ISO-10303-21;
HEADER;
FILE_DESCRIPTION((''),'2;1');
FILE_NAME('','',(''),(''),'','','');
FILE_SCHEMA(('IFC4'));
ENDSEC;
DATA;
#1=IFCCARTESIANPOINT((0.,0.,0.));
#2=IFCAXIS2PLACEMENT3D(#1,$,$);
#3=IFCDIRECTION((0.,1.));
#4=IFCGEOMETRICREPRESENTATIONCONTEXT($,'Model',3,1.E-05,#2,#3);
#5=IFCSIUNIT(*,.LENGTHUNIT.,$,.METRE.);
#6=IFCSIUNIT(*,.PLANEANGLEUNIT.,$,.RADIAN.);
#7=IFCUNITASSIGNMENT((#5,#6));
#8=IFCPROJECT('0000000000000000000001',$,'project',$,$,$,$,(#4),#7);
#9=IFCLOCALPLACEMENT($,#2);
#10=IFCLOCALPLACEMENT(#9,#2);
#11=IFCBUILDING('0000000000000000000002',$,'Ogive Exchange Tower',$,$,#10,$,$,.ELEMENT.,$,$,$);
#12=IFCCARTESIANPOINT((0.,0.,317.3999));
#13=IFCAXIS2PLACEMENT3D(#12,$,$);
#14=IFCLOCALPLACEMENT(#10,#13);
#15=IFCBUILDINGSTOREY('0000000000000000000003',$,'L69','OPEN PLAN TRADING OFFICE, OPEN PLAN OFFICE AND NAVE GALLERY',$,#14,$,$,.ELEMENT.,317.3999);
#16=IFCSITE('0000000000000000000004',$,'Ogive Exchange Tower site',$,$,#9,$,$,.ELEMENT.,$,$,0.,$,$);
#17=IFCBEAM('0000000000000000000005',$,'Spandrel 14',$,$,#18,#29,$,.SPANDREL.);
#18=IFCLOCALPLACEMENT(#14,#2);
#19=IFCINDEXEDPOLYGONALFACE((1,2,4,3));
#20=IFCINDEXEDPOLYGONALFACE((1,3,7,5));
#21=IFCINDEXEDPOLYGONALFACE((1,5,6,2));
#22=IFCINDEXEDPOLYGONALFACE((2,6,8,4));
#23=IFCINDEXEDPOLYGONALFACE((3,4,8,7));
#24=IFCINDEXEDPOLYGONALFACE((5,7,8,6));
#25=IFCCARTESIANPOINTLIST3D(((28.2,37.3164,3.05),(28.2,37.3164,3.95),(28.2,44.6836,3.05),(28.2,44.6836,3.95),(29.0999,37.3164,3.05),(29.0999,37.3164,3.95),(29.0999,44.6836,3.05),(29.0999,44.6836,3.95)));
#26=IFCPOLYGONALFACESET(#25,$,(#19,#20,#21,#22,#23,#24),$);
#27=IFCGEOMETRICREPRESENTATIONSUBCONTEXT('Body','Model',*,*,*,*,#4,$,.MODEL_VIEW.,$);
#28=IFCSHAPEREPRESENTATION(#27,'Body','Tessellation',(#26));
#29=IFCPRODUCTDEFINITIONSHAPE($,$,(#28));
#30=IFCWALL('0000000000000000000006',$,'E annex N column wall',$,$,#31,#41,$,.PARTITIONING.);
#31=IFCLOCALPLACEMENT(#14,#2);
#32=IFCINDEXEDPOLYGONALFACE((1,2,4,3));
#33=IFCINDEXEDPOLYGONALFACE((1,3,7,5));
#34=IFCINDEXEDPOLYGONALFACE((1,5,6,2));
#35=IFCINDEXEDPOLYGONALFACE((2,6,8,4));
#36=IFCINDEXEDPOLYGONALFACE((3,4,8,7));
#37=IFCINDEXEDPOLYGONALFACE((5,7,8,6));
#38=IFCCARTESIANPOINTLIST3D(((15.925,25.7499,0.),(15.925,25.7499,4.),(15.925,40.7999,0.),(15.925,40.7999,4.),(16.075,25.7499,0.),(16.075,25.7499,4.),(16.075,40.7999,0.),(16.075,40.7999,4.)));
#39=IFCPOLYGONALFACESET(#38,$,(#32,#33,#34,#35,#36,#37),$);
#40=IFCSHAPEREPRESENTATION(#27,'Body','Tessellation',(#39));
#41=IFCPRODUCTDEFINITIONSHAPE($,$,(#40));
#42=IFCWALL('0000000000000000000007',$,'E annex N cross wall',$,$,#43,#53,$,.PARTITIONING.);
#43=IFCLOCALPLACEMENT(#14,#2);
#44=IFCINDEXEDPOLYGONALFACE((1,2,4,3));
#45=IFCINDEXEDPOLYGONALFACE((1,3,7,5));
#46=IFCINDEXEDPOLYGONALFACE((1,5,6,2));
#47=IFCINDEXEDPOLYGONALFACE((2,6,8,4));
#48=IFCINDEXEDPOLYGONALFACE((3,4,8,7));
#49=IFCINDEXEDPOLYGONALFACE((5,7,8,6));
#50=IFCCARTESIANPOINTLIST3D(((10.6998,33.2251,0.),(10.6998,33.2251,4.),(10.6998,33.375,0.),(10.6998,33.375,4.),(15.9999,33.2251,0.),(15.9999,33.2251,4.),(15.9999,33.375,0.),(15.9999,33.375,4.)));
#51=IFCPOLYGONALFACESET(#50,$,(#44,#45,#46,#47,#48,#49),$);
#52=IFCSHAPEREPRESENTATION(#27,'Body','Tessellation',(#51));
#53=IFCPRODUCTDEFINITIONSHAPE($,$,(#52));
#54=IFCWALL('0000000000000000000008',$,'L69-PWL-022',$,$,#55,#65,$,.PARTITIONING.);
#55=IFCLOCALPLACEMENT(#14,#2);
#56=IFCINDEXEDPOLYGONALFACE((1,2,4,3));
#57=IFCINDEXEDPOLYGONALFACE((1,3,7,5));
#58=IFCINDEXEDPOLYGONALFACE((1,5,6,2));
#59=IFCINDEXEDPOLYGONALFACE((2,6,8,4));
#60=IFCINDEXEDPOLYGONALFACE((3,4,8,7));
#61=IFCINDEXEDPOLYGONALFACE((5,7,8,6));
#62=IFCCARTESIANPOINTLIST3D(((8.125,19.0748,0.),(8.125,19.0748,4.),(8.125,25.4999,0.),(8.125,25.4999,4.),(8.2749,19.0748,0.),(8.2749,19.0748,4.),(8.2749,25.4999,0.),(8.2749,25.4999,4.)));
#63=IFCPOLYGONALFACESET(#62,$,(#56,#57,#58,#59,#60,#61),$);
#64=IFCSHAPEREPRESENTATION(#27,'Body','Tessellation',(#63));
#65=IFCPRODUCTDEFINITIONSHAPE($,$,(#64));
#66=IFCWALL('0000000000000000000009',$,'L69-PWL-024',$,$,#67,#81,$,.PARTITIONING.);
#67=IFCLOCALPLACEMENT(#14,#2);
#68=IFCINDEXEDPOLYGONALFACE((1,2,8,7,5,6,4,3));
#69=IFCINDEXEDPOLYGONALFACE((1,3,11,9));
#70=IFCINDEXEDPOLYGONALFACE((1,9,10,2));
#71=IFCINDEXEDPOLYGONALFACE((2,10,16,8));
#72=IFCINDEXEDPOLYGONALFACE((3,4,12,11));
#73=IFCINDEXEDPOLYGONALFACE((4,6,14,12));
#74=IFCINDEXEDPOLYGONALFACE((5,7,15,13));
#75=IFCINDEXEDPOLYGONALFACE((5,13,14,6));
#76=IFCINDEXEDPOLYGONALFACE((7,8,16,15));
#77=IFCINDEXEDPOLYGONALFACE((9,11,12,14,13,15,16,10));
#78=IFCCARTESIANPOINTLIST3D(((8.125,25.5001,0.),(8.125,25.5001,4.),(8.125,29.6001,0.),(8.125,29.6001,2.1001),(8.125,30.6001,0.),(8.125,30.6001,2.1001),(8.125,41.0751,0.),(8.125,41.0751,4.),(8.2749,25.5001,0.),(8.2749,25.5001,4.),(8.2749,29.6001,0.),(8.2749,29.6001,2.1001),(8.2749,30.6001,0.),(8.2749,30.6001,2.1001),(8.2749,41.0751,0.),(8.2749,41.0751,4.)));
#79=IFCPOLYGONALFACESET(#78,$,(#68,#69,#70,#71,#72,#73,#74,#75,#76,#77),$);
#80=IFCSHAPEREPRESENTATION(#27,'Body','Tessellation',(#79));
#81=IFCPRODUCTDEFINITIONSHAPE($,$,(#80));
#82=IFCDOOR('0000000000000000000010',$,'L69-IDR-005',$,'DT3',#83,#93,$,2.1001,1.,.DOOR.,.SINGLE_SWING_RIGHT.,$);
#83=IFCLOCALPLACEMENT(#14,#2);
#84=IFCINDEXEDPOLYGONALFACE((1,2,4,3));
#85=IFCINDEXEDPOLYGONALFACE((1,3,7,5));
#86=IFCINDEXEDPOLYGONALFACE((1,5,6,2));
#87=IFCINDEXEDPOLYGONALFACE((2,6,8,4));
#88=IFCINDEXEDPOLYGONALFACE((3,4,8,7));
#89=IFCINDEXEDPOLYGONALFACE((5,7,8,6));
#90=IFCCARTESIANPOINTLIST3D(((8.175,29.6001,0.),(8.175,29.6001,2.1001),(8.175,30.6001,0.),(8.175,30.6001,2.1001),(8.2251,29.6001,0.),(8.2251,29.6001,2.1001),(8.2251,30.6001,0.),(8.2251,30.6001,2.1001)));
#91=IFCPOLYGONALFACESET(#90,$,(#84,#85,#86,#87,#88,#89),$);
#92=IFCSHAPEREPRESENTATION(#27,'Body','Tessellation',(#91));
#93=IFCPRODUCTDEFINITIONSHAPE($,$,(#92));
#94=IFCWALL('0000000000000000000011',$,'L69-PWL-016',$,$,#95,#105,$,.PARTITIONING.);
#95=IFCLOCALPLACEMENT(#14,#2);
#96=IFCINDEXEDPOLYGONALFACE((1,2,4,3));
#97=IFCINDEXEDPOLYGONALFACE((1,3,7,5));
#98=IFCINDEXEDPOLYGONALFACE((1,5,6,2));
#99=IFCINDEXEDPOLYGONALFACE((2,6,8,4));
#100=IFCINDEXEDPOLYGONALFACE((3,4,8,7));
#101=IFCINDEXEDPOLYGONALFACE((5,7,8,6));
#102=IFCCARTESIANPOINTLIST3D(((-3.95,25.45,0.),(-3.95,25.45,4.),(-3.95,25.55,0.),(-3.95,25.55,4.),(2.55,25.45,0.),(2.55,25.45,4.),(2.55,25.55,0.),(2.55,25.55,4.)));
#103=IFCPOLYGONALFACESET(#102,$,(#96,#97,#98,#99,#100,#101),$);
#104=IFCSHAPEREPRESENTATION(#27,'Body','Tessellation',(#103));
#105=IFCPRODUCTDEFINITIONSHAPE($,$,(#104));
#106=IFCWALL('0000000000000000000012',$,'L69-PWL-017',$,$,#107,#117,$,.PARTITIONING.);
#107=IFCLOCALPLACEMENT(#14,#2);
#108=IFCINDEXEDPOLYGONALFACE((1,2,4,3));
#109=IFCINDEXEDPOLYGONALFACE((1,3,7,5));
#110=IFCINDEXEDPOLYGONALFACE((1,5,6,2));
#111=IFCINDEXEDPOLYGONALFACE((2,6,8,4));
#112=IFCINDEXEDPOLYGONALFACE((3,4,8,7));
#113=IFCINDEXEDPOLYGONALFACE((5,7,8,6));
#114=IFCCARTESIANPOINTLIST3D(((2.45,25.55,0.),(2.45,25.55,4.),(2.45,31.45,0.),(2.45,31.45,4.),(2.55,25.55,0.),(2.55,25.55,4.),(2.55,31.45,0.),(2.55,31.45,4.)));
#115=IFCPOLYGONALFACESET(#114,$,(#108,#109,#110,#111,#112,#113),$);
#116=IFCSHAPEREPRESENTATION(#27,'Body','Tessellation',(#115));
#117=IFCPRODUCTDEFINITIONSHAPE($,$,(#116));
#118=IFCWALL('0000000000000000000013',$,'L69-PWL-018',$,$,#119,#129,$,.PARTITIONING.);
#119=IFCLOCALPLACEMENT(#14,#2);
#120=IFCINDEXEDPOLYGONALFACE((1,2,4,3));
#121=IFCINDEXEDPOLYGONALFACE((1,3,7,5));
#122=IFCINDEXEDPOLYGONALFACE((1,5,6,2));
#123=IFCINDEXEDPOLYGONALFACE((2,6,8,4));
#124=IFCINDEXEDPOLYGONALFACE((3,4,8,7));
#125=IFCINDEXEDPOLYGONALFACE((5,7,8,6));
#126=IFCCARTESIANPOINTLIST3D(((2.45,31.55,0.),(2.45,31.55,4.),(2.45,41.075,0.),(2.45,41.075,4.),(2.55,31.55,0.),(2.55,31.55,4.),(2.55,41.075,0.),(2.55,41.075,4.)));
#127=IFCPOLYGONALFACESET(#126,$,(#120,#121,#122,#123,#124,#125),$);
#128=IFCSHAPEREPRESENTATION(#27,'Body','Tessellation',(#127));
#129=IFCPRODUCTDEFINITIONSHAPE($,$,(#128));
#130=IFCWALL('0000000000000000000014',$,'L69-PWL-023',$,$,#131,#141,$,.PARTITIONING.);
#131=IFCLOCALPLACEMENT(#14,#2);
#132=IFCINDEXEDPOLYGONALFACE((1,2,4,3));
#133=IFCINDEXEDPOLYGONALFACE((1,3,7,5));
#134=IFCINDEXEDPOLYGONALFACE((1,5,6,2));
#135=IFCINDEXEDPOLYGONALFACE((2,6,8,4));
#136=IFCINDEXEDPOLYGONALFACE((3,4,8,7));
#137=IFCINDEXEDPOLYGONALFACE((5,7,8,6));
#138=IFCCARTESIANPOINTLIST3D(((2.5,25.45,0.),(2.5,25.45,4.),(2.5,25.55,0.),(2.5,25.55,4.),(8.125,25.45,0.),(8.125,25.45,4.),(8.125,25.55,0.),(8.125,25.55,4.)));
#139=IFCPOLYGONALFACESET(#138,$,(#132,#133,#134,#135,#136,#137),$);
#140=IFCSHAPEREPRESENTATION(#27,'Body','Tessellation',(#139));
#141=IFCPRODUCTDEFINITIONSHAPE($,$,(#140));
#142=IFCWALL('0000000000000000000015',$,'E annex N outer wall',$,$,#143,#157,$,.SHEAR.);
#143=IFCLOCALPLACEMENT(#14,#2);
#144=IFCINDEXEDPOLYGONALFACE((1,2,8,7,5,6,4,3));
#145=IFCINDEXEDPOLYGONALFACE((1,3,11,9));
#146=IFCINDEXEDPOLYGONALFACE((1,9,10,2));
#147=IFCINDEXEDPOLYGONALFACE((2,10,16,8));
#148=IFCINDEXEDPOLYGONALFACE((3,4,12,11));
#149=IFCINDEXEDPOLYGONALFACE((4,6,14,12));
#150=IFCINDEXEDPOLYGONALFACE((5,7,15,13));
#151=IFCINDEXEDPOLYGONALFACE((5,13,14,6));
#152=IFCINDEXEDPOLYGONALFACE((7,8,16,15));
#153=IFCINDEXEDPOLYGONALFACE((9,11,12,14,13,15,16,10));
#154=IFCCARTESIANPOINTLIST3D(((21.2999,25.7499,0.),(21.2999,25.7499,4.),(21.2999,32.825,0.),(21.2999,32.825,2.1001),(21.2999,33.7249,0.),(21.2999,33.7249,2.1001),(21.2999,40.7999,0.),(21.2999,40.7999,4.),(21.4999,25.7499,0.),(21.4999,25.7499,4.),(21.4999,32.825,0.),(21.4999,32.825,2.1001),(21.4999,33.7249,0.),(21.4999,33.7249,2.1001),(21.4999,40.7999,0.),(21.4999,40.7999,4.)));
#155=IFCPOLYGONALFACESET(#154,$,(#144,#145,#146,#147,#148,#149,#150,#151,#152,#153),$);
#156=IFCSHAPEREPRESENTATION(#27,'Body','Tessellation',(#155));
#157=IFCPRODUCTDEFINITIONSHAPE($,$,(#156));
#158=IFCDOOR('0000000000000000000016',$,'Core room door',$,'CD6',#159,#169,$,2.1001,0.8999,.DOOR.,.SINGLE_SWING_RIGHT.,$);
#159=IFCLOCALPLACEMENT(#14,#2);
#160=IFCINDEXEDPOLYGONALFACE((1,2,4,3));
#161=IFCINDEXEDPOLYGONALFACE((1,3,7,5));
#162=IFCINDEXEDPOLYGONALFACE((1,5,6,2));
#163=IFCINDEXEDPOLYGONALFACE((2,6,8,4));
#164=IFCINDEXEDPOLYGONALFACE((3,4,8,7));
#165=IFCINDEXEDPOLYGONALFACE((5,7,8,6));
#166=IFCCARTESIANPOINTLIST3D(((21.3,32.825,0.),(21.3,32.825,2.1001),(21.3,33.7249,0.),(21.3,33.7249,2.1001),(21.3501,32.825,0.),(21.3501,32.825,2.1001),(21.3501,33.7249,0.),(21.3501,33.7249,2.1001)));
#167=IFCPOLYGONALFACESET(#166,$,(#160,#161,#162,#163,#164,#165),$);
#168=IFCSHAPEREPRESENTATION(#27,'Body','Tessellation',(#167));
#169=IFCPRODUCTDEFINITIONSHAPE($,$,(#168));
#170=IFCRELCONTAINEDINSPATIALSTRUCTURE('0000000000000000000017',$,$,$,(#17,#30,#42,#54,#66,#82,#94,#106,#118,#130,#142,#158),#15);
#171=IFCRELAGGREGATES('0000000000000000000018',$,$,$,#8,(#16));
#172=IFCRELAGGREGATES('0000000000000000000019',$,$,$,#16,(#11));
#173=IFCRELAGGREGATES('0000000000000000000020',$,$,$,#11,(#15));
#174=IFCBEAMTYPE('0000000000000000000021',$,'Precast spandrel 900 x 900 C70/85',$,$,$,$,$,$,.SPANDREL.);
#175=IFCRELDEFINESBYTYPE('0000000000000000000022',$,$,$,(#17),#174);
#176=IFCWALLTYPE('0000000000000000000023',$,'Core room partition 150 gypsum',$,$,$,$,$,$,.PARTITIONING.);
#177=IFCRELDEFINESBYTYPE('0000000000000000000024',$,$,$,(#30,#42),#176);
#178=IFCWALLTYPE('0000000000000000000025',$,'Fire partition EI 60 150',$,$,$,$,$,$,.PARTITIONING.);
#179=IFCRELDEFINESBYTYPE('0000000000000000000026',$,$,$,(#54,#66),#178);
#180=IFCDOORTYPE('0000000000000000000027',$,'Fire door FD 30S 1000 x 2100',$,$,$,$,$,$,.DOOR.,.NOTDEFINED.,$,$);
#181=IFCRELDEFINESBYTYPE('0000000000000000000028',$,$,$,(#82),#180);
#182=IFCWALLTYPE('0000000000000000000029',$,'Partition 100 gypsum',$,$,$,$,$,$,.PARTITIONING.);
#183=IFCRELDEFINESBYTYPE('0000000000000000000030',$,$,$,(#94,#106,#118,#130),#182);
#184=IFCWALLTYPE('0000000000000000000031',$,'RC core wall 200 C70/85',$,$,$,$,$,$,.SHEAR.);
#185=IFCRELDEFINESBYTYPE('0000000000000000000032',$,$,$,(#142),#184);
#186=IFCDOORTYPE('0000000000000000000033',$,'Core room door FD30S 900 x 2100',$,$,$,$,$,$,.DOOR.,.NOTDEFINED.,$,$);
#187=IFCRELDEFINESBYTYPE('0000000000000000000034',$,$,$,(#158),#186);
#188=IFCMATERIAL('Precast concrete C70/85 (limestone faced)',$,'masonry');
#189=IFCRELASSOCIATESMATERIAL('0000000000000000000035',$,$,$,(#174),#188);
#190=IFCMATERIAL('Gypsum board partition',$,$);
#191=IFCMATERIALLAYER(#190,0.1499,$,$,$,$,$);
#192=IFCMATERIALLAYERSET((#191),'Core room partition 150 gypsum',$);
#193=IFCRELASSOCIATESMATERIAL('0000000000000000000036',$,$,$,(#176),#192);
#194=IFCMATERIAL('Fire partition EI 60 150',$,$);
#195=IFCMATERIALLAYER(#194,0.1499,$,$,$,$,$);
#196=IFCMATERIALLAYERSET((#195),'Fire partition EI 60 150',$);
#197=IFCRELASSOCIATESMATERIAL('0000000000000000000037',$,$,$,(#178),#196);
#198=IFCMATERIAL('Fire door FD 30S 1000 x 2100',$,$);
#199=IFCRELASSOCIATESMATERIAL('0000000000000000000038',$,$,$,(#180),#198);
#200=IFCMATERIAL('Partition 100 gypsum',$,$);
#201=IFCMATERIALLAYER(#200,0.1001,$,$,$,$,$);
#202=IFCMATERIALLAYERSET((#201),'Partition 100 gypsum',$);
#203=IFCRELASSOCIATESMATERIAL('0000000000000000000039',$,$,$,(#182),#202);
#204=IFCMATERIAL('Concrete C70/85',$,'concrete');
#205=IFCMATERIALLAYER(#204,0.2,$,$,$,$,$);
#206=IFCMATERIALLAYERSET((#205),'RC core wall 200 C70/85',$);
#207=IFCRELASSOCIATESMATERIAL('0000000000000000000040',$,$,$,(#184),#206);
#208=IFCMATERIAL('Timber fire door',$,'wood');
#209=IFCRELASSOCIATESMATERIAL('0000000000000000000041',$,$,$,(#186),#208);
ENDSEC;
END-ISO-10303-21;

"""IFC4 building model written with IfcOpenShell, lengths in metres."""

from ifc_helpers import new_model, si_unit, direction, frame, frame_2d, origin, origin_2d, place, context, subcontext, project, spatial, rectangle, extrude, material, layer, layer_set, material_profile, profile_set, type_object, element, fill, save


model = new_model("IFC4")

# Units and contexts
model_context = context("Model", 3, precision=1e-05, world=origin(), true_north=direction((0.0, 1.0)))
body_context = subcontext(model_context, "Body", "Model", "MODEL_VIEW")
ifc_project = project(units=[si_unit("LENGTHUNIT", "METRE"), si_unit("PLANEANGLEUNIT", "RADIAN")], contexts=[model_context])

# Site, building, storey
site_placement = place(None, origin())
site = spatial("IfcSite", under=ifc_project, at=site_placement, Name="Ogive Exchange Tower site", CompositionType="ELEMENT", RefElevation=0.0)
building_placement = place(site_placement, origin())
building = spatial("IfcBuilding", under=site, at=building_placement, Name="Ogive Exchange Tower", CompositionType="ELEMENT")
storey_placement = place(building_placement, frame((0.0, 0.0, 317.3999)))
storey = spatial("IfcBuildingStorey", under=building, at=storey_placement, Name="L69", Description="OPEN PLAN TRADING OFFICE, OPEN PLAN OFFICE AND NAVE GALLERY", CompositionType="ELEMENT", Elevation=317.3999)

# Shared definitions
ifc_material_1 = material(Name="Precast concrete C70/85 (limestone faced)", Category="masonry")

# Beam
ifc_material_profile_1 = material_profile(ifc_material_1, rectangle(XDim=0.8999, YDim=0.8999, at=origin_2d()), Name="900 x 900")
ifc_profile_set_1 = profile_set([ifc_material_profile_1], Name="Precast concrete C70/85 (limestone faced)")
beam_type_1 = type_object("IfcBeamType", Name="Precast spandrel 900 x 900 C70/85", PredefinedType="SPANDREL", material=ifc_profile_set_1)
beam_1_placement = place(storey_placement, frame((28.6499, 37.3164, 3.5), z_axis=(0.0, 1.0, 0.0), x_axis=(-1.0, 0.0, 0.0)))
element("IfcBeam", 1, at=beam_1_placement, inside=storey, type_object=beam_type_1, Name="Spandrel 14", PredefinedType="SPANDREL", context=body_context, shape_type="SweptSolid", body=[
    extrude(rectangle(XDim=0.8999, YDim=0.8999, at=origin_2d()), origin(), (0.0, 0.0, 1.0), 7.3672),
])

# Walls
ifc_material_2 = material(Name="Gypsum board partition")
ifc_layer_1 = layer(ifc_material_2, 0.1499)
ifc_layer_set_1 = layer_set([ifc_layer_1], Name="Core room partition 150 gypsum")
wall_type_1 = type_object("IfcWallType", Name="Core room partition 150 gypsum", PredefinedType="PARTITIONING", material=ifc_layer_set_1)
wall_1_placement = place(storey_placement, frame((16.0, 25.75, 0.0), z_axis=(0.0, 0.0, 1.0), x_axis=(0.0, 1.0, 0.0)))
element("IfcWall", 2, at=wall_1_placement, inside=storey, type_object=wall_type_1, Name="E annex N column wall", PredefinedType="PARTITIONING", context=body_context, shape_type="SweptSolid", body=[
    extrude(rectangle(XDim=15.05, YDim=0.1499, at=frame_2d((7.5249, 0.0))), origin(), (0.0, 0.0, 1.0), 4.0),
])
wall_2_placement = place(storey_placement, frame((10.7, 33.3, 0.0), z_axis=(0.0, 0.0, 1.0), x_axis=(1.0, 0.0, 0.0)))
element("IfcWall", 3, at=wall_2_placement, inside=storey, type_object=wall_type_1, Name="E annex N cross wall", PredefinedType="PARTITIONING", context=body_context, shape_type="SweptSolid", body=[
    extrude(rectangle(XDim=5.3, YDim=0.1499, at=frame_2d((2.6499, 0.0))), origin(), (0.0, 0.0, 1.0), 4.0),
])
ifc_material_3 = material(Name="Fire partition EI 60 150")
ifc_layer_2 = layer(ifc_material_3, 0.1499)
ifc_layer_set_2 = layer_set([ifc_layer_2], Name="Fire partition EI 60 150")
wall_type_2 = type_object("IfcWallType", Name="Fire partition EI 60 150", PredefinedType="PARTITIONING", material=ifc_layer_set_2)
wall_3_placement = place(storey_placement, frame((8.2, 19.075, 0.0), z_axis=(0.0, 0.0, 1.0), x_axis=(0.0, 1.0, 0.0)))
element("IfcWall", 4, at=wall_3_placement, inside=storey, type_object=wall_type_2, Name="L69-PWL-022", PredefinedType="PARTITIONING", context=body_context, shape_type="SweptSolid", body=[
    extrude(rectangle(XDim=6.425, YDim=0.1499, at=frame_2d((3.2124, 0.0))), origin(), (0.0, 0.0, 1.0), 4.0),
])

# Wall, opening, door
wall_4_placement = place(storey_placement, frame((8.2, 25.5, 0.0), z_axis=(0.0, 0.0, 1.0), x_axis=(0.0, 1.0, 0.0)))
wall_4 = element("IfcWall", 5, at=wall_4_placement, inside=storey, type_object=wall_type_2, Name="L69-PWL-024", PredefinedType="PARTITIONING", context=body_context, shape_type="SweptSolid", body=[
    extrude(rectangle(XDim=15.575, YDim=0.1499, at=frame_2d((7.7876, 0.0))), origin(), (0.0, 0.0, 1.0), 4.0),
])
opening_1_placement = place(wall_4_placement, frame((4.1001, 0.0, 0.0)))
opening_1 = element("IfcOpeningElement", 6, at=opening_1_placement, cuts=wall_4, PredefinedType="OPENING", context=body_context, shape_type="SweptSolid", body=[
    extrude(rectangle(XDim=1.0, YDim=2.1001, at=frame_2d((0.5, 1.05))), frame((0.0, 0.085, 0.0), z_axis=(0.0, -1.0, 0.0), x_axis=(1.0, 0.0, 0.0)), (0.0, 0.0, 1.0), 0.1699),
])
ifc_material_4 = material(Name="Fire door FD 30S 1000 x 2100")
door_type_1 = type_object("IfcDoorType", Name="Fire door FD 30S 1000 x 2100", OperationType="NOTDEFINED", PredefinedType="DOOR", material=ifc_material_4)
door_1_placement = place(opening_1_placement, origin())
door_1 = element("IfcDoor", 7, at=door_1_placement, inside=storey, type_object=door_type_1, Name="L69-IDR-005", ObjectType="DT3", OperationType="SINGLE_SWING_RIGHT", OverallHeight=2.1001, OverallWidth=1.0, PredefinedType="DOOR", context=body_context, shape_type="SweptSolid", body=[
    extrude(rectangle(XDim=1.0, YDim=2.1001, at=frame_2d((0.5, 1.05))), frame((0.0, 0.0249, 0.0), z_axis=(0.0, -1.0, 0.0), x_axis=(1.0, 0.0, 0.0)), (0.0, 0.0, 1.0), 0.05),
])
fill(opening_1, door_1)

# Walls
ifc_material_5 = material(Name="Partition 100 gypsum")
ifc_layer_3 = layer(ifc_material_5, 0.1001)
ifc_layer_set_3 = layer_set([ifc_layer_3], Name="Partition 100 gypsum")
wall_type_3 = type_object("IfcWallType", Name="Partition 100 gypsum", PredefinedType="PARTITIONING", material=ifc_layer_set_3)
wall_5_placement = place(storey_placement, frame((2.55, 25.5, 0.0), z_axis=(0.0, 0.0, 1.0), x_axis=(-1.0, 0.0, 0.0)))
element("IfcWall", 8, at=wall_5_placement, inside=storey, type_object=wall_type_3, Name="L69-PWL-016", PredefinedType="PARTITIONING", context=body_context, shape_type="SweptSolid", body=[
    extrude(rectangle(XDim=6.5, YDim=0.1001, at=frame_2d((3.25, 0.0))), origin(), (0.0, 0.0, 1.0), 4.0),
])
wall_6_placement = place(storey_placement, frame((2.5, 25.55, 0.0), z_axis=(0.0, 0.0, 1.0), x_axis=(0.0, 1.0, 0.0)))
element("IfcWall", 9, at=wall_6_placement, inside=storey, type_object=wall_type_3, Name="L69-PWL-017", PredefinedType="PARTITIONING", context=body_context, shape_type="SweptSolid", body=[
    extrude(rectangle(XDim=5.8999, YDim=0.1001, at=frame_2d((2.95, 0.0))), origin(), (0.0, 0.0, 1.0), 4.0),
])
wall_7_placement = place(storey_placement, frame((2.5, 31.55, 0.0), z_axis=(0.0, 0.0, 1.0), x_axis=(0.0, 1.0, 0.0)))
element("IfcWall", 10, at=wall_7_placement, inside=storey, type_object=wall_type_3, Name="L69-PWL-018", PredefinedType="PARTITIONING", context=body_context, shape_type="SweptSolid", body=[
    extrude(rectangle(XDim=9.5249, YDim=0.1001, at=frame_2d((4.7625, 0.0))), origin(), (0.0, 0.0, 1.0), 4.0),
])
wall_8_placement = place(storey_placement, frame((8.125, 25.5, 0.0), z_axis=(0.0, 0.0, 1.0), x_axis=(-1.0, 0.0, 0.0)))
element("IfcWall", 11, at=wall_8_placement, inside=storey, type_object=wall_type_3, Name="L69-PWL-023", PredefinedType="PARTITIONING", context=body_context, shape_type="SweptSolid", body=[
    extrude(rectangle(XDim=5.625, YDim=0.1001, at=frame_2d((2.8125, 0.0))), origin(), (0.0, 0.0, 1.0), 4.0),
])

# Wall, opening, door
ifc_material_6 = material(Name="Concrete C70/85", Category="concrete")
ifc_layer_4 = layer(ifc_material_6, 0.2)
ifc_layer_set_4 = layer_set([ifc_layer_4], Name="RC core wall 200 C70/85")
wall_type_4 = type_object("IfcWallType", Name="RC core wall 200 C70/85", PredefinedType="SHEAR", material=ifc_layer_set_4)
wall_9_placement = place(storey_placement, frame((21.3999, 25.75, 0.0), z_axis=(0.0, 0.0, 1.0), x_axis=(0.0, 1.0, 0.0)))
wall_9 = element("IfcWall", 12, at=wall_9_placement, inside=storey, type_object=wall_type_4, Name="E annex N outer wall", PredefinedType="SHEAR", context=body_context, shape_type="SweptSolid", body=[
    extrude(rectangle(XDim=15.05, YDim=0.2, at=frame_2d((7.5249, 0.0))), origin(), (0.0, 0.0, 1.0), 4.0),
])
opening_2_placement = place(wall_9_placement, frame((7.075, 0.0, 0.0)))
opening_2 = element("IfcOpeningElement", 13, at=opening_2_placement, cuts=wall_9, PredefinedType="OPENING", context=body_context, shape_type="SweptSolid", body=[
    extrude(rectangle(XDim=0.8999, YDim=2.1001, at=frame_2d((0.45, 1.05))), frame((0.0, 0.1099, 0.0), z_axis=(0.0, -1.0, 0.0), x_axis=(1.0, 0.0, 0.0)), (0.0, 0.0, 1.0), 0.22),
])
ifc_material_7 = material(Name="Timber fire door", Category="wood")
door_type_2 = type_object("IfcDoorType", Name="Core room door FD30S 900 x 2100", OperationType="NOTDEFINED", PredefinedType="DOOR", material=ifc_material_7)
door_2_placement = place(opening_2_placement, frame((0.8999, 0.1499, 0.0), z_axis=(0.0, 0.0, 1.0), x_axis=(-1.0, 0.0, 0.0)))
door_2 = element("IfcDoor", 14, at=door_2_placement, inside=storey, type_object=door_type_2, Name="Core room door", ObjectType="CD6", OperationType="SINGLE_SWING_RIGHT", OverallHeight=2.1001, OverallWidth=0.8999, PredefinedType="DOOR", context=body_context, shape_type="SweptSolid", body=[
    extrude(rectangle(XDim=0.8999, YDim=2.1001, at=frame_2d((0.45, 1.05))), frame((0.0, 0.1001, 0.0), z_axis=(0.0, -1.0, 0.0), x_axis=(1.0, 0.0, 0.0)), (0.0, 0.0, 1.0), 0.05),
])
fill(opening_2, door_2)

save(model, "model.ifc")
